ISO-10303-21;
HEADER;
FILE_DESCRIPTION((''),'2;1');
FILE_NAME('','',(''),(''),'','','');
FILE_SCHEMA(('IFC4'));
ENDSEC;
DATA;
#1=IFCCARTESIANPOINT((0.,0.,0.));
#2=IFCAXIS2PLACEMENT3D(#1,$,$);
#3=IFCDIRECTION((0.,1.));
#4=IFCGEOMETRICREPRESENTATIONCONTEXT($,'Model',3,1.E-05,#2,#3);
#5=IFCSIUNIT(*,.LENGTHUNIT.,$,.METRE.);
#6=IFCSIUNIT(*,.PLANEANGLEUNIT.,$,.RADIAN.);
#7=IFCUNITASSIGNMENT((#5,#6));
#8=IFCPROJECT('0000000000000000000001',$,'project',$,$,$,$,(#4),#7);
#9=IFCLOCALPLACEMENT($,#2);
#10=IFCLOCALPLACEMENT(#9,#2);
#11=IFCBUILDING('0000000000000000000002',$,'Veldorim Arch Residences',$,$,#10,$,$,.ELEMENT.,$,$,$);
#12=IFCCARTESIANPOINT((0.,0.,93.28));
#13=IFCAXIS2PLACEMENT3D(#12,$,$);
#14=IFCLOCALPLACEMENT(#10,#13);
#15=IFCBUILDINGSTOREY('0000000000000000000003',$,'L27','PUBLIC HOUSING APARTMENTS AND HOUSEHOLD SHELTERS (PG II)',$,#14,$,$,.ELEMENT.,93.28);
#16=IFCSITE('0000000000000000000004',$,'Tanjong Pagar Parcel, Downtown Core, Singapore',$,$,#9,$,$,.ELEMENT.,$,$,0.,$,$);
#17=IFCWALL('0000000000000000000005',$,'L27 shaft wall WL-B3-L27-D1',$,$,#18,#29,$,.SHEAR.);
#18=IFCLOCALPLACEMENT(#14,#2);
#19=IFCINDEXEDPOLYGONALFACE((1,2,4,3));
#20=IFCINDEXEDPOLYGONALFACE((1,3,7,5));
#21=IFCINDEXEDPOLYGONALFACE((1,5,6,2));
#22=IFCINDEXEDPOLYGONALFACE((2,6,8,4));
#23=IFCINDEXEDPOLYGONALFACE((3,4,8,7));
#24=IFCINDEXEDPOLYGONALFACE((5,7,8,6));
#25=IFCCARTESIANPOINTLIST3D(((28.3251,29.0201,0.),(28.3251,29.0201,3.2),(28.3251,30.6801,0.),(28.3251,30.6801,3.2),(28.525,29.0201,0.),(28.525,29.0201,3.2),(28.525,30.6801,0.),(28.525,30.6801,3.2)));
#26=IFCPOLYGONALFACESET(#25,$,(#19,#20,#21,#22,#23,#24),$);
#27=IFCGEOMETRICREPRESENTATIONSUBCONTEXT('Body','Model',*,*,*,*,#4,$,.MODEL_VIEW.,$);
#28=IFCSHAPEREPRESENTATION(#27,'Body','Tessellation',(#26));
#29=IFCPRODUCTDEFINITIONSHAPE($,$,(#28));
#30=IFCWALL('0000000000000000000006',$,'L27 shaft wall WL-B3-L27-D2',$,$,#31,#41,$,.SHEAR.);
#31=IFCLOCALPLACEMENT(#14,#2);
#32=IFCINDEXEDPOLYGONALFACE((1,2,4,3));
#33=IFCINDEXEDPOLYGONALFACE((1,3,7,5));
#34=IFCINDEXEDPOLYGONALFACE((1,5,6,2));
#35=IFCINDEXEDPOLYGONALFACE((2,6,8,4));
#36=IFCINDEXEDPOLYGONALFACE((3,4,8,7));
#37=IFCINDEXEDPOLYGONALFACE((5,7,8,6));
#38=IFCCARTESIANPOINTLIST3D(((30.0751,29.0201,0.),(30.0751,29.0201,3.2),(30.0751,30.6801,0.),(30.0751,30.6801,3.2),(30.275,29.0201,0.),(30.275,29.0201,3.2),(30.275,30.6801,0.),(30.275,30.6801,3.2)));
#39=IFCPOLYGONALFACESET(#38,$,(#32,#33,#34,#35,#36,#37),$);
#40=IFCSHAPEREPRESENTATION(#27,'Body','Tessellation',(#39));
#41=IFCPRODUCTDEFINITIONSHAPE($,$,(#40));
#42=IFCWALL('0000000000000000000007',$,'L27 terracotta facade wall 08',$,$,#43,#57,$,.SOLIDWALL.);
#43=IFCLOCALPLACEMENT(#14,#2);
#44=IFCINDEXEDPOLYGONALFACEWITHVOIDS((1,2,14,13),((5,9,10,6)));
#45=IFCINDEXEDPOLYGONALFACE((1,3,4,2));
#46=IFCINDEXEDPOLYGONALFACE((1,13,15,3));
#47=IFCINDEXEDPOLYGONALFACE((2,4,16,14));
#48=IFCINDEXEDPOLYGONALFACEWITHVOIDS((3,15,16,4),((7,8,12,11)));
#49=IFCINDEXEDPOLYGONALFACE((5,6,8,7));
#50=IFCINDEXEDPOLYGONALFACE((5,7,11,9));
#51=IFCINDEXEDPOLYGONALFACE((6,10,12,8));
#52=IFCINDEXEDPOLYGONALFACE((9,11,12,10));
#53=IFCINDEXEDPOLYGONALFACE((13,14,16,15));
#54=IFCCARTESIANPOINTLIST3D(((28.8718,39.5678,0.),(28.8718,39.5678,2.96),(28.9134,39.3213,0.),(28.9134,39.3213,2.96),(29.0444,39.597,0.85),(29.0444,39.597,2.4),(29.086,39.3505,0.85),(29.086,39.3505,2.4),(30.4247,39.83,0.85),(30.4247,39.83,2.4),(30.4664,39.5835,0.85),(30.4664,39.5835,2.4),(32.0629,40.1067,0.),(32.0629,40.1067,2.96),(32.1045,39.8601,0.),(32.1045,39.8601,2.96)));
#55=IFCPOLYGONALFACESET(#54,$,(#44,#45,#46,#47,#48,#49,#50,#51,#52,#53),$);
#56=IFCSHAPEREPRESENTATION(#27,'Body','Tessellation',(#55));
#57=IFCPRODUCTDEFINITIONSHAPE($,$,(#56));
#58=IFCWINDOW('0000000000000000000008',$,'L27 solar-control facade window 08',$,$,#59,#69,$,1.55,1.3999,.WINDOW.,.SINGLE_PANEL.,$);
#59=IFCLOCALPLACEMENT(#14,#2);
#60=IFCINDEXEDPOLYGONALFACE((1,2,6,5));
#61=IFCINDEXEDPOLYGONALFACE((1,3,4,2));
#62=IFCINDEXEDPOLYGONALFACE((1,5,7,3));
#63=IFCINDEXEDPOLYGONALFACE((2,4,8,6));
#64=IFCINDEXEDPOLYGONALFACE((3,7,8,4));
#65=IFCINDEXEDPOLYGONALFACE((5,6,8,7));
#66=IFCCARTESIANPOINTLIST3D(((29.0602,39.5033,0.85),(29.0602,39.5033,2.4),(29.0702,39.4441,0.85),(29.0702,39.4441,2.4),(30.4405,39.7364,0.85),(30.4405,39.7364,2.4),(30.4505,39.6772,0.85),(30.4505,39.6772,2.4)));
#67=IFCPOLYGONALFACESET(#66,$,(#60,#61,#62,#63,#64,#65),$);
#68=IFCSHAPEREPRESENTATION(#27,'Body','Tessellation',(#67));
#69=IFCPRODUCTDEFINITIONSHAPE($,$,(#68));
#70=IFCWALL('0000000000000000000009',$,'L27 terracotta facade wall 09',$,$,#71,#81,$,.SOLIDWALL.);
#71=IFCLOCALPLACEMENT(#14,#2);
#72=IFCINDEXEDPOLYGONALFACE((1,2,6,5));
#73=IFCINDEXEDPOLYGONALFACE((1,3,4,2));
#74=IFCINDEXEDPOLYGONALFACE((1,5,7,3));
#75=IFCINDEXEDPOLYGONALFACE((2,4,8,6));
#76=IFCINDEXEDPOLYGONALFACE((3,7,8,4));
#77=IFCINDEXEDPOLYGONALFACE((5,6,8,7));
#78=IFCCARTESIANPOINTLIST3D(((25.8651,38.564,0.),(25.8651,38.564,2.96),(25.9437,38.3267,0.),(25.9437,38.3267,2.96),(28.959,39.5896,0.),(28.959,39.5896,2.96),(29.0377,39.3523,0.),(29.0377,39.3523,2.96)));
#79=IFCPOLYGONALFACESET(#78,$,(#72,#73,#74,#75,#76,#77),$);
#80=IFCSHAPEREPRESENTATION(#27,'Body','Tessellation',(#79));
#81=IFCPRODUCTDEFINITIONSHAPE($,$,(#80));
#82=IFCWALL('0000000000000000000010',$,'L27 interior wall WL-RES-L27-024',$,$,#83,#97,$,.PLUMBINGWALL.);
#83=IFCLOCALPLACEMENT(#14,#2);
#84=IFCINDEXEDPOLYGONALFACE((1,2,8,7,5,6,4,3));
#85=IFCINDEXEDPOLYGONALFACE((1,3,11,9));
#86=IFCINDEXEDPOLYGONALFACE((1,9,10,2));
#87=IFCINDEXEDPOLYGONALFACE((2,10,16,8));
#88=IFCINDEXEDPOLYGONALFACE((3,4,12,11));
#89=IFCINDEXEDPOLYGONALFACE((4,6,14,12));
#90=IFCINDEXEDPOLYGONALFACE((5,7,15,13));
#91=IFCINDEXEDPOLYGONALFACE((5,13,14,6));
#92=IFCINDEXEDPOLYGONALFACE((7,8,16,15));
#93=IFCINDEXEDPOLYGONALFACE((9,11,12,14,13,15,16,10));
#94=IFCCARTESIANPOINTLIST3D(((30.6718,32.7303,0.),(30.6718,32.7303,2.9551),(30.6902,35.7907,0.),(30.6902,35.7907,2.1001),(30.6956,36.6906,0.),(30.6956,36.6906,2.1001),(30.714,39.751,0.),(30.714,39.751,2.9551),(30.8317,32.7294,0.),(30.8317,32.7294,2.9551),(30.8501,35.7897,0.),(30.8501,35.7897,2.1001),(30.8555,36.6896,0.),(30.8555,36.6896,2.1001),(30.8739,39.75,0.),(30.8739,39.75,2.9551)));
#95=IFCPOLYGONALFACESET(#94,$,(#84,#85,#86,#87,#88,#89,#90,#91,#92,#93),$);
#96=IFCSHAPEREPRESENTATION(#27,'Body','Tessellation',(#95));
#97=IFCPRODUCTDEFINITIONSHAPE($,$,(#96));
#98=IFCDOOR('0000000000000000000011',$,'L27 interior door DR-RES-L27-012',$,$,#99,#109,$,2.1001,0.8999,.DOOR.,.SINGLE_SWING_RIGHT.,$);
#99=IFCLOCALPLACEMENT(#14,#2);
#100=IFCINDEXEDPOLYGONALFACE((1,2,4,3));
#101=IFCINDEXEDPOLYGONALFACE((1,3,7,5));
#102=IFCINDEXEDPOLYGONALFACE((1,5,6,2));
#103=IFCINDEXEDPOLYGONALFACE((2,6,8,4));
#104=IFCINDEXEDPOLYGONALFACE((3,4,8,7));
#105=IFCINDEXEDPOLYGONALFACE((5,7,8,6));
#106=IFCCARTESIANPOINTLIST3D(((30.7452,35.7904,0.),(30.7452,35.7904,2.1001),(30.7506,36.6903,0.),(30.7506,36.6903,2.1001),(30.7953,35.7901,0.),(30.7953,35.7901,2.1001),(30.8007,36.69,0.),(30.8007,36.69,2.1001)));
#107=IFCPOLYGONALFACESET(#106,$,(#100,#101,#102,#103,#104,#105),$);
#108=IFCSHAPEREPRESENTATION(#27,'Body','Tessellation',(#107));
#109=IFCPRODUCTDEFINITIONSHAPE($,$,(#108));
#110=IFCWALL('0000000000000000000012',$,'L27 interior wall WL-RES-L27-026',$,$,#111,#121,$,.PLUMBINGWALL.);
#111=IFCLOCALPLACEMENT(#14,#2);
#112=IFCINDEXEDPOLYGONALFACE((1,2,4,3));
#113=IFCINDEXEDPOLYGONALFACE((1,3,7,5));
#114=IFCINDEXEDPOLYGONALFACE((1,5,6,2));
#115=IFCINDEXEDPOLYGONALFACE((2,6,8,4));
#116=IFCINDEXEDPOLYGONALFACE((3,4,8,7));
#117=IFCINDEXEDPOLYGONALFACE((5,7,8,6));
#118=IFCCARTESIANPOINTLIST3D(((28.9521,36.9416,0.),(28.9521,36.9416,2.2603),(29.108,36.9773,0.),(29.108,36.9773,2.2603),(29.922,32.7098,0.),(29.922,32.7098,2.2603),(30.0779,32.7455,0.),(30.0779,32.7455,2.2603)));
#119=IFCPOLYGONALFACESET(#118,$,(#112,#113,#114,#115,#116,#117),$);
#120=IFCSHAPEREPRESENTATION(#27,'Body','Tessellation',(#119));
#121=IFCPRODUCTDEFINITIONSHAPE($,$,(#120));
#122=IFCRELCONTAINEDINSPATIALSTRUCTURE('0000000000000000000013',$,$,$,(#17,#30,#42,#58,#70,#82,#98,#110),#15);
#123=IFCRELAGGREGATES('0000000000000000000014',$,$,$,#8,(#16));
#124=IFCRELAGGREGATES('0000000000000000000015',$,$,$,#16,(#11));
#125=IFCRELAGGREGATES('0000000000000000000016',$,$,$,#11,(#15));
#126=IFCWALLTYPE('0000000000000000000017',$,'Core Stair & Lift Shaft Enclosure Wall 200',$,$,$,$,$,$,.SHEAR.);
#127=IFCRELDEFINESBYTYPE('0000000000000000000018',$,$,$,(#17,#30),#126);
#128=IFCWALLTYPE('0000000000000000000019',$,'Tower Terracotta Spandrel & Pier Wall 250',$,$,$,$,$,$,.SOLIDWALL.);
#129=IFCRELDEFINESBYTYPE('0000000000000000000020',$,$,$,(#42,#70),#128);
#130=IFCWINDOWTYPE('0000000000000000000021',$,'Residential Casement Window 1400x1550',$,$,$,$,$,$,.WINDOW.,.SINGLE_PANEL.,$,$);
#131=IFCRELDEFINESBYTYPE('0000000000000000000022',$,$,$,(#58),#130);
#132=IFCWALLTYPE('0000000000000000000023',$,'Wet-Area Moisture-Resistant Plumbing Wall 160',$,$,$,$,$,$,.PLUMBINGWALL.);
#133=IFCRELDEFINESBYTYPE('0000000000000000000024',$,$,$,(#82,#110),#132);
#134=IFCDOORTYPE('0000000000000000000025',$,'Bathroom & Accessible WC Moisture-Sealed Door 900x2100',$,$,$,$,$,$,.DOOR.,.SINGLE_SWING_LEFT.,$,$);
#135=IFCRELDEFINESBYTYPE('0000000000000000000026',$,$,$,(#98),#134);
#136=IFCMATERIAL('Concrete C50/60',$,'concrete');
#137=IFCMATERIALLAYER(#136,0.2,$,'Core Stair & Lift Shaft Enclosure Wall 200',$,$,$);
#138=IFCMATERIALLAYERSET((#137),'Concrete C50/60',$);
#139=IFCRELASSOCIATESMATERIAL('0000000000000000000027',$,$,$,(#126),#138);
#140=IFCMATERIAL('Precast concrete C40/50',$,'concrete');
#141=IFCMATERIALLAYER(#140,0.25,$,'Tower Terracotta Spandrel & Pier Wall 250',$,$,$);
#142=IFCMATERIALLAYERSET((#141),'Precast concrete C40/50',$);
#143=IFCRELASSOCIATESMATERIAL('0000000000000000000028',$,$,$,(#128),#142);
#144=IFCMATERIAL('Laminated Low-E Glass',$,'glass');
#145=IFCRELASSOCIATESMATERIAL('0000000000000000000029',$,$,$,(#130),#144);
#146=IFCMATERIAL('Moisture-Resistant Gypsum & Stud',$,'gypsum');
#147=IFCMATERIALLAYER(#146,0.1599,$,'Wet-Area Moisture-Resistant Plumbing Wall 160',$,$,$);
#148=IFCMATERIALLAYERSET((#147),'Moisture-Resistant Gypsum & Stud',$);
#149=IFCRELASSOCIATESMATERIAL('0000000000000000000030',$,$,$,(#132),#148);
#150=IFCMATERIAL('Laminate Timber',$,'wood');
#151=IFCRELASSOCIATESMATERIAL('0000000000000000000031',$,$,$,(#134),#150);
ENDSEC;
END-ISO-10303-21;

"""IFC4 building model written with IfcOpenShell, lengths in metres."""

from ifc_helpers import new_model, si_unit, direction, frame, frame_2d, origin, place, context, subcontext, project, spatial, rectangle, extrude, material, layer, layer_set, type_object, element, fill, save


model = new_model("IFC4")

# Units and contexts
model_context = context("Model", 3, precision=1e-05, world=origin(), true_north=direction((0.0, 1.0)))
body_context = subcontext(model_context, "Body", "Model", "MODEL_VIEW")
ifc_project = project(units=[si_unit("LENGTHUNIT", "METRE"), si_unit("PLANEANGLEUNIT", "RADIAN")], contexts=[model_context])

# Site, building, storey
site_placement = place(None, origin())
site = spatial("IfcSite", under=ifc_project, at=site_placement, Name="Tanjong Pagar Parcel, Downtown Core, Singapore", CompositionType="ELEMENT", RefElevation=0.0)
building_placement = place(site_placement, origin())
building = spatial("IfcBuilding", under=site, at=building_placement, Name="Veldorim Arch Residences", CompositionType="ELEMENT")
storey_placement = place(building_placement, frame((0.0, 0.0, 93.28)))
storey = spatial("IfcBuildingStorey", under=building, at=storey_placement, Name="L27", Description="PUBLIC HOUSING APARTMENTS AND HOUSEHOLD SHELTERS (PG II)", CompositionType="ELEMENT", Elevation=93.28)

# Walls
ifc_material_1 = material(Name="Concrete C50/60", Category="concrete")
ifc_layer_1 = layer(ifc_material_1, 0.2, Name="Core Stair & Lift Shaft Enclosure Wall 200")
ifc_layer_set_1 = layer_set([ifc_layer_1], Name="Concrete C50/60")
wall_type_1 = type_object("IfcWallType", Name="Core Stair & Lift Shaft Enclosure Wall 200", PredefinedType="SHEAR", material=ifc_layer_set_1)
for number, where, z_axis, x_axis, name in (
    (1, (28.425, 29.02, 0.0), (0.0, 0.0, 1.0), (0.0, 1.0, 0.0), "L27 shaft wall WL-B3-L27-D1"),
    (2, (30.175, 29.02, 0.0), (0.0, 0.0, 1.0), (0.0, 1.0, 0.0), "L27 shaft wall WL-B3-L27-D2"),
):
    element("IfcWall", number, at=place(storey_placement, frame(where, z_axis=z_axis, x_axis=x_axis)), inside=storey, type_object=wall_type_1, Name=name, PredefinedType="SHEAR", context=body_context, shape_type="SweptSolid", body=[
        extrude(rectangle(XDim=1.6599, YDim=0.2, at=frame_2d((0.8301, 0.0))), origin(), (0.0, 0.0, 1.0), 3.2),
    ])

# Wall, opening, window
ifc_material_2 = material(Name="Precast concrete C40/50", Category="concrete")
ifc_layer_2 = layer(ifc_material_2, 0.25, Name="Tower Terracotta Spandrel & Pier Wall 250")
ifc_layer_set_2 = layer_set([ifc_layer_2], Name="Precast concrete C40/50")
wall_type_2 = type_object("IfcWallType", Name="Tower Terracotta Spandrel & Pier Wall 250", PredefinedType="SOLIDWALL", material=ifc_layer_set_2)
wall_1_placement = place(storey_placement, frame((28.8926, 39.4446, 0.0), z_axis=(0.0, 0.0, 1.0), x_axis=(0.986043, 0.16649, 0.0)))
wall_1 = element("IfcWall", 3, at=wall_1_placement, inside=storey, type_object=wall_type_2, Name="L27 terracotta facade wall 08", PredefinedType="SOLIDWALL", context=body_context, shape_type="SweptSolid", body=[
    extrude(rectangle(XDim=3.2363, YDim=0.25, at=frame_2d((1.6182, 0.0))), origin(), (0.0, 0.0, 1.0), 2.96),
])
opening_1_placement = place(wall_1_placement, frame((0.175, 0.0, 0.8501)))
opening_1 = element("IfcOpeningElement", 4, at=opening_1_placement, cuts=wall_1, PredefinedType="OPENING", context=body_context, shape_type="SweptSolid", body=[
    extrude(rectangle(XDim=1.3999, YDim=1.55, at=frame_2d((0.7, 0.7749))), frame((0.0, 0.135, 0.0), z_axis=(0.0, -1.0, 0.0), x_axis=(1.0, 0.0, 0.0)), (0.0, 0.0, 1.0), 0.27),
])
ifc_material_3 = material(Name="Laminated Low-E Glass", Category="glass")
window_type = type_object("IfcWindowType", Name="Residential Casement Window 1400x1550", PartitioningType="SINGLE_PANEL", PredefinedType="WINDOW", material=ifc_material_3)
window_placement = place(opening_1_placement, origin())
window = element("IfcWindow", 5, at=window_placement, inside=storey, type_object=window_type, Name="L27 solar-control facade window 08", OverallHeight=1.55, OverallWidth=1.3999, PartitioningType="SINGLE_PANEL", PredefinedType="WINDOW", context=body_context, shape_type="SweptSolid", body=[
    extrude(rectangle(XDim=1.3999, YDim=1.55, at=frame_2d((0.7, 0.7749))), frame((0.0, 0.03, 0.0), z_axis=(0.0, -1.0, 0.0), x_axis=(1.0, 0.0, 0.0)), (0.0, 0.0, 1.0), 0.0601),
])
fill(opening_1, window)

# Wall
wall_2_placement = place(storey_placement, frame((25.9043, 38.4453, 0.0), z_axis=(0.0, 0.0, 1.0), x_axis=(0.949206, 0.314654, 0.0)))
element("IfcWall", 6, at=wall_2_placement, inside=storey, type_object=wall_type_2, Name="L27 terracotta facade wall 09", PredefinedType="SOLIDWALL", context=body_context, shape_type="SweptSolid", body=[
    extrude(rectangle(XDim=3.2595, YDim=0.25, at=frame_2d((1.6299, 0.0))), origin(), (0.0, 0.0, 1.0), 2.96),
])

# Wall, opening, door
ifc_material_4 = material(Name="Moisture-Resistant Gypsum & Stud", Category="gypsum")
ifc_layer_3 = layer(ifc_material_4, 0.1599, Name="Wet-Area Moisture-Resistant Plumbing Wall 160")
ifc_layer_set_3 = layer_set([ifc_layer_3], Name="Moisture-Resistant Gypsum & Stud")
wall_type_3 = type_object("IfcWallType", Name="Wet-Area Moisture-Resistant Plumbing Wall 160", PredefinedType="PLUMBINGWALL", material=ifc_layer_set_3)
wall_3_placement = place(storey_placement, frame((30.7517, 32.73, 0.0), z_axis=(0.0, 0.0, 1.0), x_axis=(0.006016, 0.999982, 0.0)))
wall_3 = element("IfcWall", 7, at=wall_3_placement, inside=storey, type_object=wall_type_3, Name="L27 interior wall WL-RES-L27-024", PredefinedType="PLUMBINGWALL", context=body_context, shape_type="SweptSolid", body=[
    extrude(rectangle(XDim=7.0208, YDim=0.1599, at=frame_2d((3.5103, 0.0))), origin(), (0.0, 0.0, 1.0), 2.9551),
])
opening_2_placement = place(wall_3_placement, frame((3.0603, 0.0, 0.0)))
opening_2 = element("IfcOpeningElement", 8, at=opening_2_placement, cuts=wall_3, PredefinedType="OPENING", context=body_context, shape_type="SweptSolid", body=[
    extrude(rectangle(XDim=0.8999, YDim=2.1001, at=frame_2d((0.45, 1.05))), frame((0.0, 0.0898, 0.0), z_axis=(0.0, -1.0, 0.0), x_axis=(1.0, 0.0, 0.0)), (0.0, 0.0, 1.0), 0.1799),
])
ifc_material_5 = material(Name="Laminate Timber", Category="wood")
door_type = type_object("IfcDoorType", Name="Bathroom & Accessible WC Moisture-Sealed Door 900x2100", OperationType="SINGLE_SWING_LEFT", PredefinedType="DOOR", material=ifc_material_5)
door_placement = place(opening_2_placement, origin())
door = element("IfcDoor", 9, at=door_placement, inside=storey, type_object=door_type, Name="L27 interior door DR-RES-L27-012", OperationType="SINGLE_SWING_RIGHT", OverallHeight=2.1001, OverallWidth=0.8999, PredefinedType="DOOR", context=body_context, shape_type="SweptSolid", body=[
    extrude(rectangle(XDim=0.8999, YDim=2.1001, at=frame_2d((0.45, 1.05))), frame((0.0, 0.0249, 0.0), z_axis=(0.0, -1.0, 0.0), x_axis=(1.0, 0.0, 0.0)), (0.0, 0.0, 1.0), 0.05),
])
fill(opening_2, door)

# Wall
wall_4_placement = place(storey_placement, frame((30.0, 32.7275, 0.0), z_axis=(0.0, 0.0, 1.0), x_axis=(-0.22341, 0.974725, 0.0)))
element("IfcWall", 10, at=wall_4_placement, inside=storey, type_object=wall_type_3, Name="L27 interior wall WL-RES-L27-026", PredefinedType="PLUMBINGWALL", context=body_context, shape_type="SweptSolid", body=[
    extrude(rectangle(XDim=4.3416, YDim=0.1599, at=frame_2d((2.1709, 0.0))), origin(), (0.0, 0.0, 1.0), 2.2603),
])

save(model, "model.ifc")
